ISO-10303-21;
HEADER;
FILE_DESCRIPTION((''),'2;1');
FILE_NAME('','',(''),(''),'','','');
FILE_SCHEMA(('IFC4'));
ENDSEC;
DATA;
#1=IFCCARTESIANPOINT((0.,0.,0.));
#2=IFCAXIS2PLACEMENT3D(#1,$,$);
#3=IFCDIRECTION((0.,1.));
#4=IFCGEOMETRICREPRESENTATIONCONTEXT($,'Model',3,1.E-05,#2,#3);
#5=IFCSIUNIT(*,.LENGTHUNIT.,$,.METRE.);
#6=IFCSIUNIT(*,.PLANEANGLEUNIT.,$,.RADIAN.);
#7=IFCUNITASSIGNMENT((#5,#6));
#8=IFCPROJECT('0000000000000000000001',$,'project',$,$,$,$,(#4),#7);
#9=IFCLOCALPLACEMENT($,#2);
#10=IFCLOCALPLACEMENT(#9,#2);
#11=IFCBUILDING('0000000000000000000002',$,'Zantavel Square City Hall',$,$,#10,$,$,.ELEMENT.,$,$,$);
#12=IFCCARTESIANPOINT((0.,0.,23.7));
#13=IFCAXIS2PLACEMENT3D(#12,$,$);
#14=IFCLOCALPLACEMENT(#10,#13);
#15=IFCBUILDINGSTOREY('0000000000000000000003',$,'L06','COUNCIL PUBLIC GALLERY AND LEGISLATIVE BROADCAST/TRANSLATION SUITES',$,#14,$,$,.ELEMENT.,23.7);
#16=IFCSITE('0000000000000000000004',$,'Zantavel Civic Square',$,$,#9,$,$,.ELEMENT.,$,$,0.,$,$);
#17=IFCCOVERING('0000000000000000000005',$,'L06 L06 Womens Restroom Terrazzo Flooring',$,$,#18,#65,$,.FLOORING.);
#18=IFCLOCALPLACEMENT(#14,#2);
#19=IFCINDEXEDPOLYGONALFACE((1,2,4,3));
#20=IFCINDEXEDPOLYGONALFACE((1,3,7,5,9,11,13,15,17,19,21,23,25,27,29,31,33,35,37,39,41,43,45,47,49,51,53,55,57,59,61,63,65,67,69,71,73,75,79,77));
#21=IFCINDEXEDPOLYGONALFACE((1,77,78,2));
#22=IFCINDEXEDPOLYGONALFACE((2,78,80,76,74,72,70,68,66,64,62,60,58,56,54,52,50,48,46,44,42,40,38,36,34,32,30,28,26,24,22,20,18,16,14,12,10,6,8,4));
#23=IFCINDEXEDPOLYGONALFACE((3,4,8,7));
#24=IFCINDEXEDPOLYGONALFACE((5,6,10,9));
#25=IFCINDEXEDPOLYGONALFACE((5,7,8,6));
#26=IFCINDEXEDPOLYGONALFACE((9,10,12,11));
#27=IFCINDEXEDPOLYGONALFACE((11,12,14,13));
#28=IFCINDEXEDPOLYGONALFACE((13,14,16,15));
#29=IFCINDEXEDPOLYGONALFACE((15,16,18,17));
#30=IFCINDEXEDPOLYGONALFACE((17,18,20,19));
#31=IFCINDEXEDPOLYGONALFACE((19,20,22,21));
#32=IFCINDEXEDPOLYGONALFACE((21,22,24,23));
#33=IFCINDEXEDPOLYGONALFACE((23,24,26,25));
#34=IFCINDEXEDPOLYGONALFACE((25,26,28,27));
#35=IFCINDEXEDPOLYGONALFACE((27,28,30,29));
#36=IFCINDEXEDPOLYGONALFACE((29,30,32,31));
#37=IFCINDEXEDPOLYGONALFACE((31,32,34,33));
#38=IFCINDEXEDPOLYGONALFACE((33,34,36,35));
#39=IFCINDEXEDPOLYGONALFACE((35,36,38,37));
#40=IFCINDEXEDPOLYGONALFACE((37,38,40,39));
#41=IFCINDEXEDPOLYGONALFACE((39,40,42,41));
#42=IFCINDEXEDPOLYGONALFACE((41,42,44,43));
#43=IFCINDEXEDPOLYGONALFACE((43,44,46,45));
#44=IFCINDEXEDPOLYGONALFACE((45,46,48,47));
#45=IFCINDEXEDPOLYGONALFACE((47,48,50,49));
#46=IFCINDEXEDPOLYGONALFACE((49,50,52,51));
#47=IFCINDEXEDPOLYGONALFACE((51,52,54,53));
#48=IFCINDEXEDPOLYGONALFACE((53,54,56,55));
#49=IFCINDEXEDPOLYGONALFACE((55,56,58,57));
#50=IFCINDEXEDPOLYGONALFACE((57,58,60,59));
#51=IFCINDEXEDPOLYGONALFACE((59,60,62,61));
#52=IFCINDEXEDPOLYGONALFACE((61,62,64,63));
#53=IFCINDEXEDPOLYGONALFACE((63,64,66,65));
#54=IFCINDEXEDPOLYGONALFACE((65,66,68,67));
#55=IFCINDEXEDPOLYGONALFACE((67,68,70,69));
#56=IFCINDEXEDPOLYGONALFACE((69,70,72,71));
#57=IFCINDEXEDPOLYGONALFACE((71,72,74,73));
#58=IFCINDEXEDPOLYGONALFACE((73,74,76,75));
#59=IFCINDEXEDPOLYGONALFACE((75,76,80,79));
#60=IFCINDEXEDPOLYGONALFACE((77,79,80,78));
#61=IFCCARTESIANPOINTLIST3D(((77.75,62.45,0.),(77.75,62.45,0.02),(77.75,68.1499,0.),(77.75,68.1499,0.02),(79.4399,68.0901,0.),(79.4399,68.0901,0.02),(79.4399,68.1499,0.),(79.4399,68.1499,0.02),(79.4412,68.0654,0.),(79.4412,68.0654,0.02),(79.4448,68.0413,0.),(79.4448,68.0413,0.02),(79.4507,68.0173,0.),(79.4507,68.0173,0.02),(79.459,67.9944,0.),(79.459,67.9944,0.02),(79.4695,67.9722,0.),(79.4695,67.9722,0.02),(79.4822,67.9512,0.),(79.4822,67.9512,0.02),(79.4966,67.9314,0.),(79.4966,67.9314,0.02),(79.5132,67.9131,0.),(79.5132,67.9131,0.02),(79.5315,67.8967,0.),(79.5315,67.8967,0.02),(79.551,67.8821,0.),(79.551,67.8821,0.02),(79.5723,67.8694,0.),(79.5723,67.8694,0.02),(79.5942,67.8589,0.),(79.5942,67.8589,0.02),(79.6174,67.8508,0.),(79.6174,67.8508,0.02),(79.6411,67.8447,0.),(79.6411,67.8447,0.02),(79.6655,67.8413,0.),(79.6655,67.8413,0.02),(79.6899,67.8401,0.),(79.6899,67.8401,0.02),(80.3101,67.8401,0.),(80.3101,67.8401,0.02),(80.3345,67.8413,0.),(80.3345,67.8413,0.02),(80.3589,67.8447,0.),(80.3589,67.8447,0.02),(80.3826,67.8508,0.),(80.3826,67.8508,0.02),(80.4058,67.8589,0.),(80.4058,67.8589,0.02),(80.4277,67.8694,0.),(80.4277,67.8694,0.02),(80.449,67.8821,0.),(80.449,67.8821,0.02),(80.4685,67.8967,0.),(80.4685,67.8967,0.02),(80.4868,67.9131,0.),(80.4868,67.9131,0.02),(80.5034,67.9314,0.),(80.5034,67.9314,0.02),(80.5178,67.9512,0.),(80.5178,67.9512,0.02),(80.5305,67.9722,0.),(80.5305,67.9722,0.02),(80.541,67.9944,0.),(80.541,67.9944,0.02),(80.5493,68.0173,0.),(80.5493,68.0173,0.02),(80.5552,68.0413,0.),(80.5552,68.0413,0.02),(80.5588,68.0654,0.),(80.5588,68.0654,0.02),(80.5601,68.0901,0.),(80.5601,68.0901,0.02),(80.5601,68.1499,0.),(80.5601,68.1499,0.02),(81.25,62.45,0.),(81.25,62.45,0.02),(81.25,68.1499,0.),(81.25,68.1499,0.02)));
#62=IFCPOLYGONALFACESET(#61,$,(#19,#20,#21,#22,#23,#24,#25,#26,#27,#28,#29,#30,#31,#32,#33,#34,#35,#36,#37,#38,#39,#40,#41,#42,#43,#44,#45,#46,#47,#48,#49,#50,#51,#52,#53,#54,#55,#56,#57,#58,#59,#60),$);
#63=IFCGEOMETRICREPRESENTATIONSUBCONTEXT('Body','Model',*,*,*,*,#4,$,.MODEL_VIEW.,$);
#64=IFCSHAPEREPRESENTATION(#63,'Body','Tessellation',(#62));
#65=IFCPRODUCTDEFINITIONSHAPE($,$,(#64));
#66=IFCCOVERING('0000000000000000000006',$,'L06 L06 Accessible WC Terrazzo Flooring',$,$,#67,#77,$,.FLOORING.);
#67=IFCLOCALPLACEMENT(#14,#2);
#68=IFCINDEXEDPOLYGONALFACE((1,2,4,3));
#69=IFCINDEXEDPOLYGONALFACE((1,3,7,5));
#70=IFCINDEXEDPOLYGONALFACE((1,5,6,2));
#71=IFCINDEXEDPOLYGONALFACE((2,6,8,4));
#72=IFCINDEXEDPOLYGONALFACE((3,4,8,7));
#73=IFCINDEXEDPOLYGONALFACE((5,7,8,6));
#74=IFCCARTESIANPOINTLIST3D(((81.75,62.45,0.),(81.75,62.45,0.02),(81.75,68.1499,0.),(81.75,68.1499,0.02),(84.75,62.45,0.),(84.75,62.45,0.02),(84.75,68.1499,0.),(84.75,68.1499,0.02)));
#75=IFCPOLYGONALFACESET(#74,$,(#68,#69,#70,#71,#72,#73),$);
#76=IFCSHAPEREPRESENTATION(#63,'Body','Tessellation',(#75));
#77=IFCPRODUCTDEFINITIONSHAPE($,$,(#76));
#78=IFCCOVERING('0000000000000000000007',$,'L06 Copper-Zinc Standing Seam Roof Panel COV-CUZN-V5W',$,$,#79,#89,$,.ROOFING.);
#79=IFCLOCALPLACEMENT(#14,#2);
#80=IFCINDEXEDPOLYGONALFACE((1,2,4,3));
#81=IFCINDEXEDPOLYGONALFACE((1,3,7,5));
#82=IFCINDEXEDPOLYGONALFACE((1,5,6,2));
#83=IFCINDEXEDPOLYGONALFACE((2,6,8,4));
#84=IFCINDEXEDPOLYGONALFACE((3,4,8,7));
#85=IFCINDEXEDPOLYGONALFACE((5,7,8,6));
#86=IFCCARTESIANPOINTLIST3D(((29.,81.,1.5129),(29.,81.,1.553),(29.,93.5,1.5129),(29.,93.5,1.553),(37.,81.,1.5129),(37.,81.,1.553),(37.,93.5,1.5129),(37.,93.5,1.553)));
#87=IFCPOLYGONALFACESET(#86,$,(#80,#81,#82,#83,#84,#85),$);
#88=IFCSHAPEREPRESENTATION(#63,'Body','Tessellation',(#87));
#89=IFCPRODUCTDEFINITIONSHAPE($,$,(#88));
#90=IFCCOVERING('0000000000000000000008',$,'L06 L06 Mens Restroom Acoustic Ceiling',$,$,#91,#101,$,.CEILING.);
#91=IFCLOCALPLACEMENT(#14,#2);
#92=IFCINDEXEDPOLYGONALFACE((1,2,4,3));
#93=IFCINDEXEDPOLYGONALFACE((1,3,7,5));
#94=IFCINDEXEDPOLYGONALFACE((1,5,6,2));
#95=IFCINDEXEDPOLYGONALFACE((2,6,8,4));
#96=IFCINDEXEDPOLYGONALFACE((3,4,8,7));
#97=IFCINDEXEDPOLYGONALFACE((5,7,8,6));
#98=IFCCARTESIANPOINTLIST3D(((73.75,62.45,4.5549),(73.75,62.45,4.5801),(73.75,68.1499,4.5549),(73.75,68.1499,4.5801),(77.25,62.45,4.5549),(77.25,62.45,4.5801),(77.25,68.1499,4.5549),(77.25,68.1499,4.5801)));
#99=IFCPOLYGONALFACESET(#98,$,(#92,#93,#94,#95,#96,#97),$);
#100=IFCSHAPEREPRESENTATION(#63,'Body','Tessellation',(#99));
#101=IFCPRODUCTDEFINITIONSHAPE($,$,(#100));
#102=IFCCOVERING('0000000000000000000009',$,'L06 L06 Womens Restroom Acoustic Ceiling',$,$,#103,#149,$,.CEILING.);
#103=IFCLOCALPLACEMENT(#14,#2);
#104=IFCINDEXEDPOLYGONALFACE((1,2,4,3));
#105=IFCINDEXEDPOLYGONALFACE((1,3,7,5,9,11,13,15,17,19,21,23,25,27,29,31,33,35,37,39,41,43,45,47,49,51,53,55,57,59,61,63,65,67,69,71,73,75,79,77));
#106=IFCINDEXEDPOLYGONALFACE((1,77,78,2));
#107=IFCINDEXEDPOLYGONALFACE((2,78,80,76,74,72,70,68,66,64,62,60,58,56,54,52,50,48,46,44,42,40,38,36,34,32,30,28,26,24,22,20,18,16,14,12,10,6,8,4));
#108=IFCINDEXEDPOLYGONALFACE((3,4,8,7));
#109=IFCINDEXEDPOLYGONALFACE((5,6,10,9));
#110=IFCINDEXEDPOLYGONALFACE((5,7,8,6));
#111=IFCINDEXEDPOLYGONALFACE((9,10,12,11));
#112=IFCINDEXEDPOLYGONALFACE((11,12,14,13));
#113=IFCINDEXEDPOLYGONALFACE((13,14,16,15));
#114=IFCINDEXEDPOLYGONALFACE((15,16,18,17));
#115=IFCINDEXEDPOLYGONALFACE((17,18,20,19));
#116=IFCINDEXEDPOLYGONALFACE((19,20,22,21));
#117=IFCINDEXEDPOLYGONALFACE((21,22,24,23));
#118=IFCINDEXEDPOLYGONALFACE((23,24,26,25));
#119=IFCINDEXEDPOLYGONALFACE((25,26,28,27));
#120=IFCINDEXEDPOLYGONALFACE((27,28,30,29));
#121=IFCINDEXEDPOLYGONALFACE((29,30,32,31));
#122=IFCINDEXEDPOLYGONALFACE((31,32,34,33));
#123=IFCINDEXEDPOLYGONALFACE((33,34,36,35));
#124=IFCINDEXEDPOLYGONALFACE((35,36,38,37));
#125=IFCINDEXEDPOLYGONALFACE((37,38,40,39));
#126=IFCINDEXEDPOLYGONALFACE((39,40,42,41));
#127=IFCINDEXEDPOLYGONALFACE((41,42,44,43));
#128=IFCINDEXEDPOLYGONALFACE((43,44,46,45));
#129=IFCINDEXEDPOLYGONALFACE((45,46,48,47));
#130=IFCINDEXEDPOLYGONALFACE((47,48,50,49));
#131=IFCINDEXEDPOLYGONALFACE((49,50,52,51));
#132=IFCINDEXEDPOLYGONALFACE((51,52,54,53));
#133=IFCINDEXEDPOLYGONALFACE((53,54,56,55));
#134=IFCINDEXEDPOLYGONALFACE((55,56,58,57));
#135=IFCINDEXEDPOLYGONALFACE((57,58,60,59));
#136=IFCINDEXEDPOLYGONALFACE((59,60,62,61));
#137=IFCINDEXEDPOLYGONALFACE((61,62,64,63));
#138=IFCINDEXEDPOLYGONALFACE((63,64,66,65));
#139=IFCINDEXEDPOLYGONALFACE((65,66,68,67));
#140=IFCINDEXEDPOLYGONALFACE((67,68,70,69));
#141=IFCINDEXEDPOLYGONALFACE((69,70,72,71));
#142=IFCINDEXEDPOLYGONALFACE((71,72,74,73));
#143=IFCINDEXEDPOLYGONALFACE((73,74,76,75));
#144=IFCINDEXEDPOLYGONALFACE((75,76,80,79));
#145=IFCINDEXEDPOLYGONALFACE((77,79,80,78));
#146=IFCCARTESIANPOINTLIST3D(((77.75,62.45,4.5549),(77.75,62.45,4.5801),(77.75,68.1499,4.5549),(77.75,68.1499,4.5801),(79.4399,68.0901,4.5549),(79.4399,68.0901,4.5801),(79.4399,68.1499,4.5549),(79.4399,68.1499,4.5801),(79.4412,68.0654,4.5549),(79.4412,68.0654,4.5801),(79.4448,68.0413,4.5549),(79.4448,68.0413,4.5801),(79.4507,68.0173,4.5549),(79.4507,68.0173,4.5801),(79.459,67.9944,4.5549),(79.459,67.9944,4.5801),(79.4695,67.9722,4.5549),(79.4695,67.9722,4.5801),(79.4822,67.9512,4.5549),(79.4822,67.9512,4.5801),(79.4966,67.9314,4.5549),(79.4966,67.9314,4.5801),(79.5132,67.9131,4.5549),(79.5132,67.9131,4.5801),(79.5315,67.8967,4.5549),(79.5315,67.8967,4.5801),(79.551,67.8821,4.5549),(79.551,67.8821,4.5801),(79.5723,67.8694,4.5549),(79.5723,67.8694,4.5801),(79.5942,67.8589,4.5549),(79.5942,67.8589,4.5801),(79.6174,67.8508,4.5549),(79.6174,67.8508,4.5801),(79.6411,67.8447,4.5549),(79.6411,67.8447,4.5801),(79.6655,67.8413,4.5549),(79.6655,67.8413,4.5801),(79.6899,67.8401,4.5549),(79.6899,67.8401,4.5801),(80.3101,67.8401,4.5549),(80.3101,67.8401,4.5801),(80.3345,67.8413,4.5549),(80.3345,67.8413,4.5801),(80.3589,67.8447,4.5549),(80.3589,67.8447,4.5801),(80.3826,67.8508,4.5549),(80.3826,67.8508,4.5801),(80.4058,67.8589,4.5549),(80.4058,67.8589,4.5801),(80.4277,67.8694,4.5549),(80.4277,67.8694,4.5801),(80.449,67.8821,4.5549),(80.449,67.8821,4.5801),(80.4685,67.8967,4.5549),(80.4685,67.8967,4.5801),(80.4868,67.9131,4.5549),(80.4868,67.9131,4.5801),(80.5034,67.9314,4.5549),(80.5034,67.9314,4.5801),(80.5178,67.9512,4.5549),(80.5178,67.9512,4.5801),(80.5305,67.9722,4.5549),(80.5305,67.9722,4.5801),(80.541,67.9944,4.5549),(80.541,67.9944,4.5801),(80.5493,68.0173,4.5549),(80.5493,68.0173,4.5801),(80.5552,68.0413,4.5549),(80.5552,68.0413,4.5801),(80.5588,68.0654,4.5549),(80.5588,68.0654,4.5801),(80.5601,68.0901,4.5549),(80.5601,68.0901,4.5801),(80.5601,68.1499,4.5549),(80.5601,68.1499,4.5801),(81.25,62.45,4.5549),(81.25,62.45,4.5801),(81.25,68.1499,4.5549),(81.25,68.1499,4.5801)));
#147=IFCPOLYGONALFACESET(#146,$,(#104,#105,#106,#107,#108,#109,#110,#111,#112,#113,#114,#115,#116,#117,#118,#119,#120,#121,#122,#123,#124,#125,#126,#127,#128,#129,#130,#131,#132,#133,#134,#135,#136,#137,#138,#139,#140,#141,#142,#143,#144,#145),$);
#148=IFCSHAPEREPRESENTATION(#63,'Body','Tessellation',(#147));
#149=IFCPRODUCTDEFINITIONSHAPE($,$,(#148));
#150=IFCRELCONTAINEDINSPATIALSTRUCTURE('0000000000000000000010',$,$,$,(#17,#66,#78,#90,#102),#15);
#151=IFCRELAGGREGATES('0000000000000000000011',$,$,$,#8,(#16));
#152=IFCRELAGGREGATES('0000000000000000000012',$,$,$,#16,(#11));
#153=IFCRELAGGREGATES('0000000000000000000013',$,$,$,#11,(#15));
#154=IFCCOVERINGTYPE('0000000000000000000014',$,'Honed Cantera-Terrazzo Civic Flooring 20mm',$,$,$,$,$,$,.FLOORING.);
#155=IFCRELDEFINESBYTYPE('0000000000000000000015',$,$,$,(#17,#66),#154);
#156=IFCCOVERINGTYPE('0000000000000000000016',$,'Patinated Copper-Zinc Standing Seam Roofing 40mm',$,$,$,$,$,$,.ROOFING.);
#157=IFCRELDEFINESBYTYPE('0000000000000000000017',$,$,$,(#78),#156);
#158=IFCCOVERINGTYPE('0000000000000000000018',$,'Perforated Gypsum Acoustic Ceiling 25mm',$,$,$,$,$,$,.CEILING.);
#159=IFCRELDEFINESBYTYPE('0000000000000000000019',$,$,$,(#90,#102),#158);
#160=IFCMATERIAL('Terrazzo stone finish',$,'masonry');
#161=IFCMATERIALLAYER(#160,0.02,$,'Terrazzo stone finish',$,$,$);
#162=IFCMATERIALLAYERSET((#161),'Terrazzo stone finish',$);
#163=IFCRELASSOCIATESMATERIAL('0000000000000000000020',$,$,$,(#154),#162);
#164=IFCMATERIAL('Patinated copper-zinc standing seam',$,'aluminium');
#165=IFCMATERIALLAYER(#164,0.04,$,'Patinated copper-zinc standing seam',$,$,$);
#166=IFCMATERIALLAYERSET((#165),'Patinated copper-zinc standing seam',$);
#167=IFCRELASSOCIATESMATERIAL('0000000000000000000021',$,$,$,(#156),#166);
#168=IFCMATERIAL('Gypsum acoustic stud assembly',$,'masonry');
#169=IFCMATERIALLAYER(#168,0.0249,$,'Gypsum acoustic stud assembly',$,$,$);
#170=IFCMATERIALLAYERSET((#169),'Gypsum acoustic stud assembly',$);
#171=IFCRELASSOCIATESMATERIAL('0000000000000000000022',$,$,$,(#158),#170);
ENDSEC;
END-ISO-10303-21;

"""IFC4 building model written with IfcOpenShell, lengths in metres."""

from ifc_helpers import new_model, si_unit, direction, frame, origin, place, context, subcontext, project, spatial, polyline, outline, extrude, material, layer, layer_set, type_object, element, save


model = new_model("IFC4")

# Units and contexts
model_context = context("Model", 3, precision=1e-05, world=origin(), true_north=direction((0.0, 1.0)))
body_context = subcontext(model_context, "Body", "Model", "MODEL_VIEW")
ifc_project = project(units=[si_unit("LENGTHUNIT", "METRE"), si_unit("PLANEANGLEUNIT", "RADIAN")], contexts=[model_context])

# Site, building, storey
site_placement = place(None, origin())
site = spatial("IfcSite", under=ifc_project, at=site_placement, Name="Zantavel Civic Square", CompositionType="ELEMENT", RefElevation=0.0)
building_placement = place(site_placement, origin())
building = spatial("IfcBuilding", under=site, at=building_placement, Name="Zantavel Square City Hall", CompositionType="ELEMENT")
storey_placement = place(building_placement, frame((0.0, 0.0, 23.7)))
storey = spatial("IfcBuildingStorey", under=building, at=storey_placement, Name="L06", Description="COUNCIL PUBLIC GALLERY AND LEGISLATIVE BROADCAST/TRANSLATION SUITES", CompositionType="ELEMENT", Elevation=23.7)

# Shared definitions
ifc_material_1 = material(Name="Patinated copper-zinc standing seam", Category="aluminium")

# Coverings
ifc_material_2 = material(Name="Terrazzo stone finish", Category="masonry")
ifc_layer_1 = layer(ifc_material_2, 0.02, Name="Terrazzo stone finish")
ifc_layer_set_1 = layer_set([ifc_layer_1], Name="Terrazzo stone finish")
covering_type_1 = type_object("IfcCoveringType", Name="Honed Cantera-Terrazzo Civic Flooring 20mm", PredefinedType="FLOORING", material=ifc_layer_set_1)
covering_1_placement = place(storey_placement, origin())
element("IfcCovering", 1, at=covering_1_placement, inside=storey, type_object=covering_type_1, Name="L06 L06 Womens Restroom Terrazzo Flooring", PredefinedType="FLOORING", context=body_context, shape_type="SweptSolid", body=[
    extrude(outline(polyline([(79.4412, 68.0654), (79.4448, 68.0413), (79.4507, 68.0173), (79.459, 67.9944), (79.4695, 67.9722), (79.4822, 67.9512), (79.4966, 67.9314), (79.5132, 67.9131), (79.5315, 67.8967), (79.551, 67.8821), (79.5723, 67.8694), (79.5942, 67.8589), (79.6174, 67.8508), (79.6411, 67.8447), (79.6655, 67.8413), (79.6899, 67.8401), (80.3101, 67.8401), (80.3345, 67.8413), (80.3589, 67.8447), (80.3826, 67.8508), (80.4058, 67.8589), (80.4277, 67.8694), (80.449, 67.8821), (80.4685, 67.8967), (80.4868, 67.9131), (80.5034, 67.9314), (80.5178, 67.9512), (80.5305, 67.9722), (80.541, 67.9944), (80.5493, 68.0173), (80.5552, 68.0413), (80.5588, 68.0654), (80.5601, 68.0901), (80.5601, 68.1499), (81.25, 68.1499), (81.25, 62.45), (77.75, 62.45), (77.75, 68.1499), (79.4399, 68.1499), (79.4399, 68.0901), (79.4412, 68.0654)])), origin(), (0.0, 0.0, 1.0), 0.02),
])
covering_2_placement = place(storey_placement, origin())
element("IfcCovering", 2, at=covering_2_placement, inside=storey, type_object=covering_type_1, Name="L06 L06 Accessible WC Terrazzo Flooring", PredefinedType="FLOORING", context=body_context, shape_type="SweptSolid", body=[
    extrude(outline(polyline([(81.75, 62.45), (81.75, 68.1499), (84.75, 68.1499), (84.75, 62.45), (81.75, 62.45)])), origin(), (0.0, 0.0, 1.0), 0.02),
])
ifc_layer_2 = layer(ifc_material_1, 0.04, Name="Patinated copper-zinc standing seam")
ifc_layer_set_2 = layer_set([ifc_layer_2], Name="Patinated copper-zinc standing seam")
covering_type_2 = type_object("IfcCoveringType", Name="Patinated Copper-Zinc Standing Seam Roofing 40mm", PredefinedType="ROOFING", material=ifc_layer_set_2)
covering_3_placement = place(storey_placement, frame((0.0, 0.0, 1.5129)))
element("IfcCovering", 3, at=covering_3_placement, inside=storey, type_object=covering_type_2, Name="L06 Copper-Zinc Standing Seam Roof Panel COV-CUZN-V5W", PredefinedType="ROOFING", context=body_context, shape_type="SweptSolid", body=[
    extrude(outline(polyline([(29.0, 81.0), (37.0, 81.0), (37.0, 93.5), (29.0, 93.5), (29.0, 81.0)])), origin(), (0.0, 0.0, 1.0), 0.04),
])
ifc_material_3 = material(Name="Gypsum acoustic stud assembly", Category="masonry")
ifc_layer_3 = layer(ifc_material_3, 0.0249, Name="Gypsum acoustic stud assembly")
ifc_layer_set_3 = layer_set([ifc_layer_3], Name="Gypsum acoustic stud assembly")
covering_type_3 = type_object("IfcCoveringType", Name="Perforated Gypsum Acoustic Ceiling 25mm", PredefinedType="CEILING", material=ifc_layer_set_3)
covering_4_placement = place(storey_placement, frame((0.0, 0.0, 4.5549)))
element("IfcCovering", 4, at=covering_4_placement, inside=storey, type_object=covering_type_3, Name="L06 L06 Mens Restroom Acoustic Ceiling", PredefinedType="CEILING", context=body_context, shape_type="SweptSolid", body=[
    extrude(outline(polyline([(73.75, 62.45), (73.75, 68.1499), (77.25, 68.1499), (77.25, 62.45), (73.75, 62.45)])), origin(), (0.0, 0.0, 1.0), 0.0251),
])
covering_5_placement = place(storey_placement, frame((0.0, 0.0, 4.5549)))
element("IfcCovering", 5, at=covering_5_placement, inside=storey, type_object=covering_type_3, Name="L06 L06 Womens Restroom Acoustic Ceiling", PredefinedType="CEILING", context=body_context, shape_type="SweptSolid", body=[
    extrude(outline(polyline([(79.4412, 68.0654), (79.4448, 68.0413), (79.4507, 68.0173), (79.459, 67.9944), (79.4695, 67.9722), (79.4822, 67.9512), (79.4966, 67.9314), (79.5132, 67.9131), (79.5315, 67.8967), (79.551, 67.8821), (79.5723, 67.8694), (79.5942, 67.8589), (79.6174, 67.8508), (79.6411, 67.8447), (79.6655, 67.8413), (79.6899, 67.8401), (80.3101, 67.8401), (80.3345, 67.8413), (80.3589, 67.8447), (80.3826, 67.8508), (80.4058, 67.8589), (80.4277, 67.8694), (80.449, 67.8821), (80.4685, 67.8967), (80.4868, 67.9131), (80.5034, 67.9314), (80.5178, 67.9512), (80.5305, 67.9722), (80.541, 67.9944), (80.5493, 68.0173), (80.5552, 68.0413), (80.5588, 68.0654), (80.5601, 68.0901), (80.5601, 68.1499), (81.25, 68.1499), (81.25, 62.45), (77.75, 62.45), (77.75, 68.1499), (79.4399, 68.1499), (79.4399, 68.0901), (79.4412, 68.0654)])), origin(), (0.0, 0.0, 1.0), 0.0251),
])

save(model, "model.ifc")
